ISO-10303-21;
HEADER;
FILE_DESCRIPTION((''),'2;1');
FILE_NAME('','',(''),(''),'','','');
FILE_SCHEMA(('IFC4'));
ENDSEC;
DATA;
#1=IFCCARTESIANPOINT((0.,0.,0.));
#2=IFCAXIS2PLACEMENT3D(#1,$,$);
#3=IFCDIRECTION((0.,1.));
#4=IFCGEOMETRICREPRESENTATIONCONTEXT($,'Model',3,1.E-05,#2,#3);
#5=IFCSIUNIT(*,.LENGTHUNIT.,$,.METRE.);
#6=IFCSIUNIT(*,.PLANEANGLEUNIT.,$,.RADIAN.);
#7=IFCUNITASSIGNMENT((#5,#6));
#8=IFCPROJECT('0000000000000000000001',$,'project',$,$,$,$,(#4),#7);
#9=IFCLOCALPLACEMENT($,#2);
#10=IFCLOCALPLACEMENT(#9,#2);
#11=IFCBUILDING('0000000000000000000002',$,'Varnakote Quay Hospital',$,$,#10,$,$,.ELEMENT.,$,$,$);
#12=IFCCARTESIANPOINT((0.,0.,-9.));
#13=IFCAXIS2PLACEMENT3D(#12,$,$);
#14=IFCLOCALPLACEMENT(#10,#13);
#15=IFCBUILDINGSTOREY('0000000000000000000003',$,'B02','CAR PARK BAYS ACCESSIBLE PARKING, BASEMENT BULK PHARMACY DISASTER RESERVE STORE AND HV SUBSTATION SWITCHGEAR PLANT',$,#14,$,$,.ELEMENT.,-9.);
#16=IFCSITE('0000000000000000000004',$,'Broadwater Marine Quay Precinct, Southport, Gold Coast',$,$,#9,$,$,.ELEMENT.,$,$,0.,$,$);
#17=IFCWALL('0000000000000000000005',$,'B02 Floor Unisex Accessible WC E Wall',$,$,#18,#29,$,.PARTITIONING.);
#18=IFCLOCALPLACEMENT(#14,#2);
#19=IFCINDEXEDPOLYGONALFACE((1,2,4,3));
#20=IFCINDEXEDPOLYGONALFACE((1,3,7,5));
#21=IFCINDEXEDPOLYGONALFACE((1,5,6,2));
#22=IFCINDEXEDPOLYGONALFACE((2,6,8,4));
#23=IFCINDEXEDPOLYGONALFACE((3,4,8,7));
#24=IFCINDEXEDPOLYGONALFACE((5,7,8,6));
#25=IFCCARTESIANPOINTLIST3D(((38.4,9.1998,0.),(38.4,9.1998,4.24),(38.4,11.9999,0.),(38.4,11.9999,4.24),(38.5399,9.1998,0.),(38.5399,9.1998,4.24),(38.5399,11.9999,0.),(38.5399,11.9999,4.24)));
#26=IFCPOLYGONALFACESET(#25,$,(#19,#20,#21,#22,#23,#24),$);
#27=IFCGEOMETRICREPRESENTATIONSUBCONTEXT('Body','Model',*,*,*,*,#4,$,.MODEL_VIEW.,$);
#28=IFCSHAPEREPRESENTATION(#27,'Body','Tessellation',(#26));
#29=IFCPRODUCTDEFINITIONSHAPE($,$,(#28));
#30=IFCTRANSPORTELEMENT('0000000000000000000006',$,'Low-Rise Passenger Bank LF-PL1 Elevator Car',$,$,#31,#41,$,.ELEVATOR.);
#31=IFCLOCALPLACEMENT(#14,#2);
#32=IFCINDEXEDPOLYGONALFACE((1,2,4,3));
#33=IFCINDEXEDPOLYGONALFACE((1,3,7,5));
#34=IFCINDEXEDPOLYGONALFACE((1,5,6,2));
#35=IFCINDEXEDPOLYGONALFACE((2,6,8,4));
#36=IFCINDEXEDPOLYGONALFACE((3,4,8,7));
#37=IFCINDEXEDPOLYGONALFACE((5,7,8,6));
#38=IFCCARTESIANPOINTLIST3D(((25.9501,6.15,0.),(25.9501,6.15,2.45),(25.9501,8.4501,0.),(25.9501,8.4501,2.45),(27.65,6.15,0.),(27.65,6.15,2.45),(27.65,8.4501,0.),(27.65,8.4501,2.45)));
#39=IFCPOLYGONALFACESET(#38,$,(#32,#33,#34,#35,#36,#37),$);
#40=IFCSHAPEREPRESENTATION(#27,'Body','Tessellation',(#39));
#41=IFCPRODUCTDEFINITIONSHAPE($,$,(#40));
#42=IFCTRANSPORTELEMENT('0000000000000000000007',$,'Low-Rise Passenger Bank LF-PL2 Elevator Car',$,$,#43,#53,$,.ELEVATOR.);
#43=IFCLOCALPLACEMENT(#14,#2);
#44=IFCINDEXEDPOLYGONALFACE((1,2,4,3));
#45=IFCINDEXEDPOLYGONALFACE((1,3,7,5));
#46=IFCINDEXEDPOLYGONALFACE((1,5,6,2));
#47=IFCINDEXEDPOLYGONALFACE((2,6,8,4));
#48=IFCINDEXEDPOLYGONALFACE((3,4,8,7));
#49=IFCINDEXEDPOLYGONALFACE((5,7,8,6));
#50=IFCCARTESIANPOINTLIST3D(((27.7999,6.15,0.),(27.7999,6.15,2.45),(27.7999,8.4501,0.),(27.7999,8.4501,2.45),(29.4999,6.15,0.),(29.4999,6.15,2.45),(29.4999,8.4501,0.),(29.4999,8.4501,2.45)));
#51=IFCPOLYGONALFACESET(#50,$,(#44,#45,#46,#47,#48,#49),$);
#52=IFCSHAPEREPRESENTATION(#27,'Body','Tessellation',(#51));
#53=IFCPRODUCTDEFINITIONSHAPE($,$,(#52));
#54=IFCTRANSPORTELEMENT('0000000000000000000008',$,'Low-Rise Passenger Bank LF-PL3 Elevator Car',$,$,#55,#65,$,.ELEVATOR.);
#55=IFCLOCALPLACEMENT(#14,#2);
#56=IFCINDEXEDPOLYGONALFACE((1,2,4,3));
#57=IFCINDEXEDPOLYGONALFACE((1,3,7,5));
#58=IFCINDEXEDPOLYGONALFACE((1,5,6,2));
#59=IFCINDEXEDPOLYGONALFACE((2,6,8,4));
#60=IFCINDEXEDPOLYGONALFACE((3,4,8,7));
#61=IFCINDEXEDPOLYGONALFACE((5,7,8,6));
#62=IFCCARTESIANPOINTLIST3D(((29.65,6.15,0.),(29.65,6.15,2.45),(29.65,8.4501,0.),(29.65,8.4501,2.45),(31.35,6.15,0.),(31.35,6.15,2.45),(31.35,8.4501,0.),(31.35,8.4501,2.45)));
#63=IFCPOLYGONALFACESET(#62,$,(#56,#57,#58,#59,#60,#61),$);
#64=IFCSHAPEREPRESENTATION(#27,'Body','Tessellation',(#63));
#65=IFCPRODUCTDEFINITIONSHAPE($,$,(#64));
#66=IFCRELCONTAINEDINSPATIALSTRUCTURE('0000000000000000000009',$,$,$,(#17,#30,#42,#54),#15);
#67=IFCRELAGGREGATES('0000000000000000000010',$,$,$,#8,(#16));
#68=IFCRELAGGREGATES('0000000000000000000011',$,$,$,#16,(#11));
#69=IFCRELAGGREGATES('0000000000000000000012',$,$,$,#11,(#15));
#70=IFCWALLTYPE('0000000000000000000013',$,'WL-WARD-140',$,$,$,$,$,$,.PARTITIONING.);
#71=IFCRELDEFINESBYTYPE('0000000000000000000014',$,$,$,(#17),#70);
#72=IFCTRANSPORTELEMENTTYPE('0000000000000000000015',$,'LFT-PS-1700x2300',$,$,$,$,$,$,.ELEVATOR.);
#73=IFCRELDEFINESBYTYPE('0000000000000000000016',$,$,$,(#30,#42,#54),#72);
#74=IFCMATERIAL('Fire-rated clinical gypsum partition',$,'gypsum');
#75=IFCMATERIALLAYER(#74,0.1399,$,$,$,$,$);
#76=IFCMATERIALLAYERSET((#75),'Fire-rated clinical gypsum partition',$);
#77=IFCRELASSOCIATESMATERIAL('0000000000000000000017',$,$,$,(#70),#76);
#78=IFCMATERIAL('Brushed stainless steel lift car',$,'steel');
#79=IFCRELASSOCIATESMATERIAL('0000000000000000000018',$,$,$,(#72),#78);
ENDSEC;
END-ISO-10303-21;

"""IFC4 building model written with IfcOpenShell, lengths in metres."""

from ifc_helpers import new_model, si_unit, direction, frame, frame_2d, origin, origin_2d, place, context, subcontext, project, spatial, rectangle, extrude, material, layer, layer_set, type_object, element, save


model = new_model("IFC4")

# Units and contexts
model_context = context("Model", 3, precision=1e-05, world=origin(), true_north=direction((0.0, 1.0)))
body_context = subcontext(model_context, "Body", "Model", "MODEL_VIEW")
ifc_project = project(units=[si_unit("LENGTHUNIT", "METRE"), si_unit("PLANEANGLEUNIT", "RADIAN")], contexts=[model_context])

# Site, building, storey
site_placement = place(None, origin())
site = spatial("IfcSite", under=ifc_project, at=site_placement, Name="Broadwater Marine Quay Precinct, Southport, Gold Coast", CompositionType="ELEMENT", RefElevation=0.0)
building_placement = place(site_placement, origin())
building = spatial("IfcBuilding", under=site, at=building_placement, Name="Varnakote Quay Hospital", CompositionType="ELEMENT")
storey_placement = place(building_placement, frame((0.0, 0.0, -9.0)))
storey = spatial("IfcBuildingStorey", under=building, at=storey_placement, Name="B02", Description="CAR PARK BAYS ACCESSIBLE PARKING, BASEMENT BULK PHARMACY DISASTER RESERVE STORE AND HV SUBSTATION SWITCHGEAR PLANT", CompositionType="ELEMENT", Elevation=-9.0)

# Shared definitions
ifc_material_1 = material(Name="Fire-rated clinical gypsum partition", Category="gypsum")
ifc_layer_1 = layer(ifc_material_1, 0.1399)
ifc_layer_set_1 = layer_set([ifc_layer_1], Name="Fire-rated clinical gypsum partition")
wall_type_1 = type_object("IfcWallType", Name="WL-WARD-140", PredefinedType="PARTITIONING", material=ifc_layer_set_1)

# Wall
for number, where, z_axis, x_axis, name in (
    (1, (38.47, 9.2, 0.0), (0.0, 0.0, 1.0), (0.0, 1.0, 0.0), "B02 Floor Unisex Accessible WC E Wall"),
):
    element("IfcWall", number, at=place(storey_placement, frame(where, z_axis=z_axis, x_axis=x_axis)), inside=storey, type_object=wall_type_1, Name=name, PredefinedType="PARTITIONING", context=body_context, shape_type="SweptSolid", body=[
        extrude(rectangle(XDim=2.8, YDim=0.1399, at=frame_2d((1.3999, 0.0))), origin(), (0.0, 0.0, 1.0), 4.24),
    ])

# Transport elements
ifc_material_2 = material(Name="Brushed stainless steel lift car", Category="steel")
transport_element_type = type_object("IfcTransportElementType", Name="LFT-PS-1700x2300", PredefinedType="ELEVATOR", material=ifc_material_2)
for number, where, z_axis, x_axis, name in (
    (2, (26.8, 7.3, 0.0), (0.0, 0.0, 1.0), (1.0, 0.0, 0.0), "Low-Rise Passenger Bank LF-PL1 Elevator Car"),
    (3, (28.6499, 7.3, 0.0), (0.0, 0.0, 1.0), (1.0, 0.0, 0.0), "Low-Rise Passenger Bank LF-PL2 Elevator Car"),
    (4, (30.5, 7.3, 0.0), (0.0, 0.0, 1.0), (1.0, 0.0, 0.0), "Low-Rise Passenger Bank LF-PL3 Elevator Car"),
):
    element("IfcTransportElement", number, at=place(storey_placement, frame(where, z_axis=z_axis, x_axis=x_axis)), inside=storey, type_object=transport_element_type, Name=name, PredefinedType="ELEVATOR", context=body_context, shape_type="SweptSolid", body=[
        extrude(rectangle(XDim=1.7, YDim=2.3, at=origin_2d()), origin(), (0.0, 0.0, 1.0), 2.45),
    ])

save(model, "model.ifc")
